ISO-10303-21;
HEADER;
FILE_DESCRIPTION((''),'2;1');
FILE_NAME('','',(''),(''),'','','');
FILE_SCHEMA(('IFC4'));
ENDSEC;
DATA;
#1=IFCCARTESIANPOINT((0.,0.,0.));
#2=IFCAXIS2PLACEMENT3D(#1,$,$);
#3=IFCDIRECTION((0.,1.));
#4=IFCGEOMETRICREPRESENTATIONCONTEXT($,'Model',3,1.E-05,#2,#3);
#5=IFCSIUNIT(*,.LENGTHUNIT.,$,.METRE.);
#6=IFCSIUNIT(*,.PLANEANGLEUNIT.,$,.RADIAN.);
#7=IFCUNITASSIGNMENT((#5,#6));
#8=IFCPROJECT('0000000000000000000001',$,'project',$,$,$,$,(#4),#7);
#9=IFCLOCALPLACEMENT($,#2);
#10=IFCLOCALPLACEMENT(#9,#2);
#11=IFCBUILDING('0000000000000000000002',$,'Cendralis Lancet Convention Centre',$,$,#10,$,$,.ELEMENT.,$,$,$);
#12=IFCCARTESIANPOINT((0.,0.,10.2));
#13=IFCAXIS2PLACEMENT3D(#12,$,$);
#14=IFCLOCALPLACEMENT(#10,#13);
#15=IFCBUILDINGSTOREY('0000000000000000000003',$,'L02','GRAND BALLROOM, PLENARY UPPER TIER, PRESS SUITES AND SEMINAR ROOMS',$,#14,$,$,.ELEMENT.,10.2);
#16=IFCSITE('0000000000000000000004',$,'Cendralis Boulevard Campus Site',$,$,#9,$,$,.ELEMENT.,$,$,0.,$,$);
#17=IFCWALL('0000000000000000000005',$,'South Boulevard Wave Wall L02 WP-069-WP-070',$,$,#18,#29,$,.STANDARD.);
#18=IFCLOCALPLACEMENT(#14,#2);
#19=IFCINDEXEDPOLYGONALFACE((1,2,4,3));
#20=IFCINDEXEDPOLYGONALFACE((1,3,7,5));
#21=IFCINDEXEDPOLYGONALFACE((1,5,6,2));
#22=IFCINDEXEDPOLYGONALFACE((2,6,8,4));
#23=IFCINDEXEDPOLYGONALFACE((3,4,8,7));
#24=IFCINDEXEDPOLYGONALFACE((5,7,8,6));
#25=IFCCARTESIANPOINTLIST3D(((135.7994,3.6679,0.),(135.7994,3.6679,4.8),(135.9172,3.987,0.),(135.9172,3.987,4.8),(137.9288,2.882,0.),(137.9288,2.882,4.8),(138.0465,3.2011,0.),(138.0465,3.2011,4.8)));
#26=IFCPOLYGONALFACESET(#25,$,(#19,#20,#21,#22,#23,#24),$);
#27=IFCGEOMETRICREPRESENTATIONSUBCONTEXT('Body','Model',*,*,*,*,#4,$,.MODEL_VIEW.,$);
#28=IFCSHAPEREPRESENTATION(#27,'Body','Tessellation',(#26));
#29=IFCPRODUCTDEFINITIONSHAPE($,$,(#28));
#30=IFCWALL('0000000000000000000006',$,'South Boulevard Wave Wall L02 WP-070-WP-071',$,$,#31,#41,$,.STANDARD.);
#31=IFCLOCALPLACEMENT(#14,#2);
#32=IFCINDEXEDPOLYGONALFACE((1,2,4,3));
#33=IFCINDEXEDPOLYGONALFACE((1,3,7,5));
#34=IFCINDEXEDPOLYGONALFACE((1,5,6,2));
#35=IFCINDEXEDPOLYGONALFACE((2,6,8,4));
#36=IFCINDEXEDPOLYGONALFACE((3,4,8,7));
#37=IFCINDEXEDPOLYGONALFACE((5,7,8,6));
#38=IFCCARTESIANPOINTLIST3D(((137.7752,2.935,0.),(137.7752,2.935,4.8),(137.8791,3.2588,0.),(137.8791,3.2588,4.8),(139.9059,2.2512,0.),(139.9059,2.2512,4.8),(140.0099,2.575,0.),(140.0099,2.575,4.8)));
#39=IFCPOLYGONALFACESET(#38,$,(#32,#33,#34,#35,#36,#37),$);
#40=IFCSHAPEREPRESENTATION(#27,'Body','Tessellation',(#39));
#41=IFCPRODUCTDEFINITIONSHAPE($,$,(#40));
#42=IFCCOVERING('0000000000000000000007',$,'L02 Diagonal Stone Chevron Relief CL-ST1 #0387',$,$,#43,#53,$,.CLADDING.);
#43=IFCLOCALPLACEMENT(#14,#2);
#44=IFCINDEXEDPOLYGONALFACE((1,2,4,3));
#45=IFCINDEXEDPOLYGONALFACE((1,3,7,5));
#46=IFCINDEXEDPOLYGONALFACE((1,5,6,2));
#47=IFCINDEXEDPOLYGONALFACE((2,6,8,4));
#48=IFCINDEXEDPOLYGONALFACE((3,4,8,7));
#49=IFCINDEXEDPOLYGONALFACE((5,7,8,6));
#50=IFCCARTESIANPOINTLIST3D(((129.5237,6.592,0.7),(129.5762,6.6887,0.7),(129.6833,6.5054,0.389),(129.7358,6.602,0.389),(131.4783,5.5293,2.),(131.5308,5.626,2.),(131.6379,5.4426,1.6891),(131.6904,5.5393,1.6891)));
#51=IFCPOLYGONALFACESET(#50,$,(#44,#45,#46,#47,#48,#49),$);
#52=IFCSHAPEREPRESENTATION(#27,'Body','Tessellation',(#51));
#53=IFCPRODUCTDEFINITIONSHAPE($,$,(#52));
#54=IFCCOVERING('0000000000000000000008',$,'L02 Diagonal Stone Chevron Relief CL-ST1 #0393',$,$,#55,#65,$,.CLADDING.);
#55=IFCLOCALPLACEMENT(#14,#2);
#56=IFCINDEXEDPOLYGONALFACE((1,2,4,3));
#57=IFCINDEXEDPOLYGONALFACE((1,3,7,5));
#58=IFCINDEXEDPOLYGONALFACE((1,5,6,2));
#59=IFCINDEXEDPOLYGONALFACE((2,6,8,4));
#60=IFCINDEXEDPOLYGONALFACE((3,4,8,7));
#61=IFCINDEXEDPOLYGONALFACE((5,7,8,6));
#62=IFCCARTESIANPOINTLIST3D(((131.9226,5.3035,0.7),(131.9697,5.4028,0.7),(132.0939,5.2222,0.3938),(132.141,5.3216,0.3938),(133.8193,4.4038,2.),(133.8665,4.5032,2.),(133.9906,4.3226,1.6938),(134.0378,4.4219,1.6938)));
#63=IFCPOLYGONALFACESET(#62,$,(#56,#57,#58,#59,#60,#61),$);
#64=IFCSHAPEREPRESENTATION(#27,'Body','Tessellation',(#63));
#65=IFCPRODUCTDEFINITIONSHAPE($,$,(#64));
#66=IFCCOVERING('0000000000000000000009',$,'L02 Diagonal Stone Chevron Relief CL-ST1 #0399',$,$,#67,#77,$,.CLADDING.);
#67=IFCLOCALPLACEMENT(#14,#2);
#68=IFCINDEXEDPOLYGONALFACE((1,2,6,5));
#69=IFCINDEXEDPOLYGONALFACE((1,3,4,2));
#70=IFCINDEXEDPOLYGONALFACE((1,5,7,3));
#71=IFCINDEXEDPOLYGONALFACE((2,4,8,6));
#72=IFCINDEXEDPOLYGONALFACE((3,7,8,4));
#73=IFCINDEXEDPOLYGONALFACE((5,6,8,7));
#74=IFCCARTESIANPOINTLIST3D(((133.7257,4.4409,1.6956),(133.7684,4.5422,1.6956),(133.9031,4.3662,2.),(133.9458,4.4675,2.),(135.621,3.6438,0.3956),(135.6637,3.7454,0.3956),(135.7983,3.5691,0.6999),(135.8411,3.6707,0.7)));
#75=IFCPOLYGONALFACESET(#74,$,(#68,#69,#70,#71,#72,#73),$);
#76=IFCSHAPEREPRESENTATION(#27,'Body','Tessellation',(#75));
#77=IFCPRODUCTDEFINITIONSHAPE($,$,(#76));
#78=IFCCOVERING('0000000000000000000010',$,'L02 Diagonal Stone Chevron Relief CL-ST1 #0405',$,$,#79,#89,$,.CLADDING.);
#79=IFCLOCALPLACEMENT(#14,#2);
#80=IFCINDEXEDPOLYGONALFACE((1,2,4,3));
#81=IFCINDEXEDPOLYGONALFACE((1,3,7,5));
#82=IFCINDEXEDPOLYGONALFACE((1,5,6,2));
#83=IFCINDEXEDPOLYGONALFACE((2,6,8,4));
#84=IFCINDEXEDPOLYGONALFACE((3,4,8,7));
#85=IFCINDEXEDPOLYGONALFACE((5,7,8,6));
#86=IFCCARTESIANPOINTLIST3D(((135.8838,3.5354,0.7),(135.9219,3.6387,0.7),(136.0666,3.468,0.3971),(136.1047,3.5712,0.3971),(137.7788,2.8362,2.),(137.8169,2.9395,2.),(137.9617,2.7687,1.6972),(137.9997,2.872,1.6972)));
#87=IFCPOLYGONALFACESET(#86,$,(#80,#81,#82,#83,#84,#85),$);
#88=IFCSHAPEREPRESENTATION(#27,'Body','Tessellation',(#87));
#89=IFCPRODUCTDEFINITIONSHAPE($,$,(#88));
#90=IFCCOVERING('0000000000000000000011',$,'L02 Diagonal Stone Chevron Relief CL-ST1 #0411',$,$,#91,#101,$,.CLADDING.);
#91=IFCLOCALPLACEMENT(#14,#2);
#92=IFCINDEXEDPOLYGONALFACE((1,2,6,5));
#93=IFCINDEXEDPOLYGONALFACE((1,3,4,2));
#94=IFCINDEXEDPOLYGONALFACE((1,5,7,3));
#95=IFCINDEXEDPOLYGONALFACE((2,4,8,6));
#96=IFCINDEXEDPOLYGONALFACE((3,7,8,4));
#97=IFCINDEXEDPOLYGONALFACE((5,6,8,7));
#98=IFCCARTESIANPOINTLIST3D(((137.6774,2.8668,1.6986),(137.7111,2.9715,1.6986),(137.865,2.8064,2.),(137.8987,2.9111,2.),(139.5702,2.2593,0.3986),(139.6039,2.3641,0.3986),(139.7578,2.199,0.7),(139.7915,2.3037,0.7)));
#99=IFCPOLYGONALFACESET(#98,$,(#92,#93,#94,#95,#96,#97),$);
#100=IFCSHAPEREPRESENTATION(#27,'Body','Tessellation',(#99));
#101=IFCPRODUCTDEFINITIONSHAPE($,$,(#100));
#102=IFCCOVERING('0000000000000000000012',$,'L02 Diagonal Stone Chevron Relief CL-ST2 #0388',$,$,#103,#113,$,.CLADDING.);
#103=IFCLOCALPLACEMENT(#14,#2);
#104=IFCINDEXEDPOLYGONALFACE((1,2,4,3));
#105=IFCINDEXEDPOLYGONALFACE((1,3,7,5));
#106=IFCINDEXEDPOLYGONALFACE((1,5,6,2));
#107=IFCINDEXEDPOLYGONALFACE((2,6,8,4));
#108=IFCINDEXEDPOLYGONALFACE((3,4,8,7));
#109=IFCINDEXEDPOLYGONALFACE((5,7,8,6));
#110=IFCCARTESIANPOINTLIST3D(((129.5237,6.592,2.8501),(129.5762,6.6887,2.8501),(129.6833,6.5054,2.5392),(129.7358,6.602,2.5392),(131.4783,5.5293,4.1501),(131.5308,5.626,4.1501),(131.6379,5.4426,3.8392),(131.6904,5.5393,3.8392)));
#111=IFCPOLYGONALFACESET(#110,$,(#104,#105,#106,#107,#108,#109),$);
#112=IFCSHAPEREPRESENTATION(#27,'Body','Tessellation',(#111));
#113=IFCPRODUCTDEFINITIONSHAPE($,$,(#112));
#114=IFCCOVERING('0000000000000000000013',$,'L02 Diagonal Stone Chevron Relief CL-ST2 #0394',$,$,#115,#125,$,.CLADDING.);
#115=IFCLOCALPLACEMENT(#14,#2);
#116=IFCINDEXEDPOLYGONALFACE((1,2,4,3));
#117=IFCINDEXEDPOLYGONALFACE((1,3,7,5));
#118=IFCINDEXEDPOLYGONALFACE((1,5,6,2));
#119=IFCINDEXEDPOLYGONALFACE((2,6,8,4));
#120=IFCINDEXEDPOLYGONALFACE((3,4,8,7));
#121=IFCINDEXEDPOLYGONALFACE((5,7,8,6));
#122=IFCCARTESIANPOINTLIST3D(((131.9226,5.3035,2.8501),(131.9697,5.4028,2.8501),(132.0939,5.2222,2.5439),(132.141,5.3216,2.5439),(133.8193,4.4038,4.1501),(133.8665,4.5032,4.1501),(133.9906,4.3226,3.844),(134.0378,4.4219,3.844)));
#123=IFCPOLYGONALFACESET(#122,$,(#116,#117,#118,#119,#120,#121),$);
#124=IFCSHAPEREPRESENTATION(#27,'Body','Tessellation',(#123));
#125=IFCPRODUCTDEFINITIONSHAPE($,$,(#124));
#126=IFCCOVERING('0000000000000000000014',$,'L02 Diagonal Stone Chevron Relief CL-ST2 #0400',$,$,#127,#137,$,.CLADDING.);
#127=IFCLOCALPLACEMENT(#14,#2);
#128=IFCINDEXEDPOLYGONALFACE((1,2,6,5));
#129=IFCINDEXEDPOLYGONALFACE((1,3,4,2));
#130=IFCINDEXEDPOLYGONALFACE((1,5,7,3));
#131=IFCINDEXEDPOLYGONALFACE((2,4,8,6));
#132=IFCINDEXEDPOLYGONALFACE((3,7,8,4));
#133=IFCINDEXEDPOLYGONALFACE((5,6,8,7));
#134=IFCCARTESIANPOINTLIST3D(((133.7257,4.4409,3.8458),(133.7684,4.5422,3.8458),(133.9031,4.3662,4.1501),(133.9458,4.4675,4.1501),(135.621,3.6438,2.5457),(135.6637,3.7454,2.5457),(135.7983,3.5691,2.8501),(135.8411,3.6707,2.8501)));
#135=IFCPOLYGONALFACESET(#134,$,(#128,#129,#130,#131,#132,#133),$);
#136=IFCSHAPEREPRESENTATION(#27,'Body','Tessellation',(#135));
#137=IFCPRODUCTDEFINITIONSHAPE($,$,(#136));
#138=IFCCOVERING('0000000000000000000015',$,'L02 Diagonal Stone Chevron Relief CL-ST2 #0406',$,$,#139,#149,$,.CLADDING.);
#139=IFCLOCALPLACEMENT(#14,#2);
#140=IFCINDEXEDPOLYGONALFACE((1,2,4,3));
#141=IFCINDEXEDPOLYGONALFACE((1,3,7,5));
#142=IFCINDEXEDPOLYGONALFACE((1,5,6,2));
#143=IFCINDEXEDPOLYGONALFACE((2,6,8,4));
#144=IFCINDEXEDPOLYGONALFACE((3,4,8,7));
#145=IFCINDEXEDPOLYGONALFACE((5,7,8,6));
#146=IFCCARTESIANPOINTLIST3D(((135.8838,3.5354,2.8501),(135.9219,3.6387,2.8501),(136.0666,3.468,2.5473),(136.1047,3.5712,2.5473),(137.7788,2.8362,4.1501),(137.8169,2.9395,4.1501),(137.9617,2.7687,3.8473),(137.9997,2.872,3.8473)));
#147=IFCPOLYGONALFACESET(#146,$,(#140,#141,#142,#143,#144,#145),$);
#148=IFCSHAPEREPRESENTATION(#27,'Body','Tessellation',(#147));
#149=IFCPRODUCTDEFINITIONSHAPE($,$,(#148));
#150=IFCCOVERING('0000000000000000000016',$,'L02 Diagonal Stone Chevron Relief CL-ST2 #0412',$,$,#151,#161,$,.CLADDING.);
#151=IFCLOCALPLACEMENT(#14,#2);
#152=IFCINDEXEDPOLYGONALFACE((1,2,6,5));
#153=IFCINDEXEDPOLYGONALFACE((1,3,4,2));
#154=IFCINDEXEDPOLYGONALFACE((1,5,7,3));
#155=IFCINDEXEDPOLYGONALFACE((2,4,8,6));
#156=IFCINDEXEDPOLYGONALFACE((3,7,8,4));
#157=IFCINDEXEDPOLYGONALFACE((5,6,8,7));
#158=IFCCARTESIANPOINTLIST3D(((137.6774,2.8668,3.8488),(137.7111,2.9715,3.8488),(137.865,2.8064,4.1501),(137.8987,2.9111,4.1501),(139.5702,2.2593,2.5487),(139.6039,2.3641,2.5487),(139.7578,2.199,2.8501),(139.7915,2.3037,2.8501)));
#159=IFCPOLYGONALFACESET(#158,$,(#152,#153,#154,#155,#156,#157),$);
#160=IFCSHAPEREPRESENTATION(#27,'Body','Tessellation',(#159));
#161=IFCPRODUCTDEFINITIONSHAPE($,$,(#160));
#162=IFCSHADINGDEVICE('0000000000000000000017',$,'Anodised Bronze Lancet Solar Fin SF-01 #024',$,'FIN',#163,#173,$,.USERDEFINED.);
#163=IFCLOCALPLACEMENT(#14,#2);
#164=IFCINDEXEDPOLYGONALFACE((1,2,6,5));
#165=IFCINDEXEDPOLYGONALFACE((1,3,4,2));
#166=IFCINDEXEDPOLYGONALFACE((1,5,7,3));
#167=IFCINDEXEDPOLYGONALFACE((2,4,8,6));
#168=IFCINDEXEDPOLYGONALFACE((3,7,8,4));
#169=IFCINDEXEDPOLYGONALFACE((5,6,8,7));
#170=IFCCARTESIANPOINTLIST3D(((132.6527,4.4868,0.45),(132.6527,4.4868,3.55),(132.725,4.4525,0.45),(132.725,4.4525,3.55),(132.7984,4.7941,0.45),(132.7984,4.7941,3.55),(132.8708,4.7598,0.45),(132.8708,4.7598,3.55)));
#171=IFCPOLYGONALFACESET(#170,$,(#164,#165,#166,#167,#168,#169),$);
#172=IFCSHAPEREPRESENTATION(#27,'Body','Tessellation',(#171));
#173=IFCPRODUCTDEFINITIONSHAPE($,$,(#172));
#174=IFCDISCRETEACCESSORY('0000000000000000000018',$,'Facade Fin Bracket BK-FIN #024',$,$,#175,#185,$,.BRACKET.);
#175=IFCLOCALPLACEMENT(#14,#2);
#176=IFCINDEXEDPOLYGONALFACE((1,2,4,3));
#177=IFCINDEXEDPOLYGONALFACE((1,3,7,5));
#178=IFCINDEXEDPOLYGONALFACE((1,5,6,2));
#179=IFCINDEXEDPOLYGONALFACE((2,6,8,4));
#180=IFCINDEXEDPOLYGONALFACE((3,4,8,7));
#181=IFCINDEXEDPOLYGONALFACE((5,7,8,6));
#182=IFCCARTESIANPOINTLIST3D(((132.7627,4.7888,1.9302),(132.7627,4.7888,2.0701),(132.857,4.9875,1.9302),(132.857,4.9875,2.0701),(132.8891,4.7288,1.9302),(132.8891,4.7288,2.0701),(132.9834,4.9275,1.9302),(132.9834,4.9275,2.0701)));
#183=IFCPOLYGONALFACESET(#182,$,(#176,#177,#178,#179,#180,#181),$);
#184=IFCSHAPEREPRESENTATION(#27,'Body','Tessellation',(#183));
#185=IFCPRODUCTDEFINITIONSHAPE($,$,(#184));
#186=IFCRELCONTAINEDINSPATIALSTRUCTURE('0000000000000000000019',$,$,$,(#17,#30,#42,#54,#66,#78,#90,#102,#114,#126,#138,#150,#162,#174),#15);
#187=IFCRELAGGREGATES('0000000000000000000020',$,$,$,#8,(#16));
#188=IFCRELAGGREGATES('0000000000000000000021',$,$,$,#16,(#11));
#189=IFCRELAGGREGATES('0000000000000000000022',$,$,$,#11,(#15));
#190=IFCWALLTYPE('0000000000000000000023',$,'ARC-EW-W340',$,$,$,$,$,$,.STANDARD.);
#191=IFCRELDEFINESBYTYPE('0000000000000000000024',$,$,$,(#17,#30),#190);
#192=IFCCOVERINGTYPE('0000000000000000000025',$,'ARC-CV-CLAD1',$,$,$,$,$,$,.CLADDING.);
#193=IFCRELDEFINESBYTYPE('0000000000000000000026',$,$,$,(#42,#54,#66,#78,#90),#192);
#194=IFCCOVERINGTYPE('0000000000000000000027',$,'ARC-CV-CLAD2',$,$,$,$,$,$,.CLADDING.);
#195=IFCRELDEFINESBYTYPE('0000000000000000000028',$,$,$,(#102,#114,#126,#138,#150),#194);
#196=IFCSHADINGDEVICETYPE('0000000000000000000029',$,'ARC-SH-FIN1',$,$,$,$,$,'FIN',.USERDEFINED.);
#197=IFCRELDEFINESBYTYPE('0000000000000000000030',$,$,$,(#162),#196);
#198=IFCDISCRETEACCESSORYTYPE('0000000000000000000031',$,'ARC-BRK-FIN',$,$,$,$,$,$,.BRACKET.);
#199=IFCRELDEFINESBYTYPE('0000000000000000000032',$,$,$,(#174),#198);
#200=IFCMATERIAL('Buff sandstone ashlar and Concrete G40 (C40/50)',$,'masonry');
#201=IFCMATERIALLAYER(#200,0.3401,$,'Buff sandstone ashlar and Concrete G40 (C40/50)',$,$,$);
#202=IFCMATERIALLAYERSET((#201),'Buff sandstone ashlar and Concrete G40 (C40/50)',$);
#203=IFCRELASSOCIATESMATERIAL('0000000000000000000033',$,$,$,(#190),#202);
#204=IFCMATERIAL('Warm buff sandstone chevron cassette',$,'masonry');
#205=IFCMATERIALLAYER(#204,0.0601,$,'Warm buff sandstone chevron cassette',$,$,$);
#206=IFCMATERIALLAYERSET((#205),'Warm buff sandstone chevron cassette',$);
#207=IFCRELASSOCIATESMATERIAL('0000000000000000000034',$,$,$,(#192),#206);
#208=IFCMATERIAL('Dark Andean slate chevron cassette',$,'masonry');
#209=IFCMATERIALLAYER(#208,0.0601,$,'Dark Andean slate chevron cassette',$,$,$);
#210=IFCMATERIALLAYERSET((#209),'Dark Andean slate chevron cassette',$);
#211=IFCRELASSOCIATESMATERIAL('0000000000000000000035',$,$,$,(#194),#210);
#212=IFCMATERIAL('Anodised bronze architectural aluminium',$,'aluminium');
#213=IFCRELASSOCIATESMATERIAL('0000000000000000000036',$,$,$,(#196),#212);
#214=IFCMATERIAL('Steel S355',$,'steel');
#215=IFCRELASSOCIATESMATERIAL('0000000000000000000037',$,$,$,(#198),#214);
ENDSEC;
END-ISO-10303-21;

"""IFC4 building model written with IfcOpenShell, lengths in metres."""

from ifc_helpers import new_model, si_unit, direction, frame, frame_2d, origin, origin_2d, place, context, subcontext, project, spatial, polyline, rectangle, outline, extrude, material, layer, layer_set, type_object, element, save


model = new_model("IFC4")

# Units and contexts
model_context = context("Model", 3, precision=1e-05, world=origin(), true_north=direction((0.0, 1.0)))
body_context = subcontext(model_context, "Body", "Model", "MODEL_VIEW")
ifc_project = project(units=[si_unit("LENGTHUNIT", "METRE"), si_unit("PLANEANGLEUNIT", "RADIAN")], contexts=[model_context])

# Site, building, storey
site_placement = place(None, origin())
site = spatial("IfcSite", under=ifc_project, at=site_placement, Name="Cendralis Boulevard Campus Site", CompositionType="ELEMENT", RefElevation=0.0)
building_placement = place(site_placement, origin())
building = spatial("IfcBuilding", under=site, at=building_placement, Name="Cendralis Lancet Convention Centre", CompositionType="ELEMENT")
storey_placement = place(building_placement, frame((0.0, 0.0, 10.2)))
storey = spatial("IfcBuildingStorey", under=building, at=storey_placement, Name="L02", Description="GRAND BALLROOM, PLENARY UPPER TIER, PRESS SUITES AND SEMINAR ROOMS", CompositionType="ELEMENT", Elevation=10.2)

# Shared definitions
ifc_material_1 = material(Name="Steel S355", Category="steel")

# Shared definitions
ifc_material_2 = material(Name="Dark Andean slate chevron cassette", Category="masonry")
ifc_material_3 = material(Name="Warm buff sandstone chevron cassette", Category="masonry")

# Walls
ifc_material_4 = material(Name="Buff sandstone ashlar and Concrete G40 (C40/50)", Category="masonry")
ifc_layer_1 = layer(ifc_material_4, 0.3401, Name="Buff sandstone ashlar and Concrete G40 (C40/50)")
ifc_layer_set_1 = layer_set([ifc_layer_1], Name="Buff sandstone ashlar and Concrete G40 (C40/50)")
wall_type_1 = type_object("IfcWallType", Name="ARC-EW-W340", PredefinedType="STANDARD", material=ifc_layer_set_1)
wall_1_placement = place(storey_placement, frame((135.8584, 3.8274, 0.0), z_axis=(0.0, 0.0, 1.0), x_axis=(0.938146, -0.346239, 0.0)))
element("IfcWall", 1, at=wall_1_placement, inside=storey, type_object=wall_type_1, Name="South Boulevard Wave Wall L02 WP-069-WP-070", PredefinedType="STANDARD", context=body_context, shape_type="SweptSolid", body=[
    extrude(rectangle(XDim=2.2698, YDim=0.3401, at=frame_2d((1.1348, 0.0))), origin(), (0.0, 0.0, 1.0), 4.8),
])
wall_2_placement = place(storey_placement, frame((137.8271, 3.0969, 0.0), z_axis=(0.0, 0.0, 1.0), x_axis=(0.952169, -0.305571, 0.0)))
element("IfcWall", 2, at=wall_2_placement, inside=storey, type_object=wall_type_1, Name="South Boulevard Wave Wall L02 WP-070-WP-071", PredefinedType="STANDARD", context=body_context, shape_type="SweptSolid", body=[
    extrude(rectangle(XDim=2.2378, YDim=0.3401, at=frame_2d((1.1189, 0.0))), origin(), (0.0, 0.0, 1.0), 4.8),
])

# Coverings
ifc_layer_2 = layer(ifc_material_3, 0.0601, Name="Warm buff sandstone chevron cassette")
ifc_layer_set_2 = layer_set([ifc_layer_2], Name="Warm buff sandstone chevron cassette")
covering_type_1 = type_object("IfcCoveringType", Name="ARC-CV-CLAD1", PredefinedType="CLADDING", material=ifc_layer_set_2)
covering_1_placement = place(storey_placement, frame((129.5237, 6.592, 0.7), z_axis=(-0.443384, 0.240726, 0.863401), x_axis=(0.758529, -0.412426, 0.504518)))
element("IfcCovering", 3, at=covering_1_placement, inside=storey, type_object=covering_type_1, Name="L02 Diagonal Stone Chevron Relief CL-ST1 #0387", PredefinedType="CLADDING", context=body_context, shape_type="SweptSolid", body=[
    extrude(outline(polyline([(0.0, 0.0), (2.5768, 0.0), (2.5768, 0.11), (-0.0001, 0.11), (0.0, 0.0)])), origin(), (0.0, 0.0, -1.0), 0.3601),
])
covering_2_placement = place(storey_placement, frame((131.9226, 5.3035, 0.7), z_axis=(-0.475723, 0.225588, 0.850175), x_axis=(0.768146, -0.364348, 0.5265)))
element("IfcCovering", 4, at=covering_2_placement, inside=storey, type_object=covering_type_1, Name="L02 Diagonal Stone Chevron Relief CL-ST1 #0393", PredefinedType="CLADDING", context=body_context, shape_type="SweptSolid", body=[
    extrude(outline(polyline([(0.0, 0.0), (2.4692, 0.0), (2.4692, 0.11), (0.0, 0.11), (0.0, 0.0)])), origin(), (0.0, 0.0, -1.0), 0.3601),
])
covering_3_placement = place(storey_placement, frame((133.9031, 4.3662, 2.0), z_axis=(0.492533, -0.207445, 0.845209), x_axis=(0.779105, -0.32768, -0.534436)))
element("IfcCovering", 5, at=covering_3_placement, inside=storey, type_object=covering_type_1, Name="L02 Diagonal Stone Chevron Relief CL-ST1 #0399", PredefinedType="CLADDING", context=body_context, shape_type="SweptSolid", body=[
    extrude(outline(polyline([(0.0, 0.0), (2.4326, 0.0), (2.4326, 0.1102), (0.0001, 0.11), (0.0, 0.0)])), origin(), (0.0, 0.0, -1.0), 0.3601),
])
covering_4_placement = place(storey_placement, frame((135.8838, 3.5354, 0.7), z_axis=(-0.50778, 0.187266, 0.840887), x_axis=(0.788898, -0.291085, 0.541211)))
element("IfcCovering", 6, at=covering_4_placement, inside=storey, type_object=covering_type_1, Name="L02 Diagonal Stone Chevron Relief CL-ST1 #0405", PredefinedType="CLADDING", context=body_context, shape_type="SweptSolid", body=[
    extrude(outline(polyline([(0.0, 0.0), (2.4021, 0.0), (2.4021, 0.1101), (0.0, 0.1101), (0.0, 0.0)])), origin(), (0.0, 0.0, -1.0), 0.3601),
])
covering_5_placement = place(storey_placement, frame((137.865, 2.8064, 2.0), z_axis=(0.521035, -0.167606, 0.836918), x_axis=(0.79689, -0.255728, -0.547329)))
element("IfcCovering", 7, at=covering_5_placement, inside=storey, type_object=covering_type_1, Name="L02 Diagonal Stone Chevron Relief CL-ST1 #0411", PredefinedType="CLADDING", context=body_context, shape_type="SweptSolid", body=[
    extrude(outline(polyline([(0.0, 0.0), (2.3753, 0.0), (2.3753, 0.11), (0.0001, 0.11), (0.0, 0.0)])), origin(), (0.0, 0.0, -1.0), 0.3601),
])
ifc_layer_3 = layer(ifc_material_2, 0.0601, Name="Dark Andean slate chevron cassette")
ifc_layer_set_3 = layer_set([ifc_layer_3], Name="Dark Andean slate chevron cassette")
covering_type_2 = type_object("IfcCoveringType", Name="ARC-CV-CLAD2", PredefinedType="CLADDING", material=ifc_layer_set_3)
covering_6_placement = place(storey_placement, frame((129.5237, 6.592, 2.8501), z_axis=(-0.443384, 0.240726, 0.863401), x_axis=(0.758529, -0.412426, 0.504518)))
element("IfcCovering", 8, at=covering_6_placement, inside=storey, type_object=covering_type_2, Name="L02 Diagonal Stone Chevron Relief CL-ST2 #0388", PredefinedType="CLADDING", context=body_context, shape_type="SweptSolid", body=[
    extrude(outline(polyline([(0.0, 0.0), (2.5768, 0.0), (2.5768, 0.11), (-0.0001, 0.11), (0.0, 0.0)])), origin(), (0.0, 0.0, -1.0), 0.3601),
])
covering_7_placement = place(storey_placement, frame((131.9226, 5.3035, 2.8501), z_axis=(-0.475723, 0.225588, 0.850175), x_axis=(0.768146, -0.364348, 0.5265)))
element("IfcCovering", 9, at=covering_7_placement, inside=storey, type_object=covering_type_2, Name="L02 Diagonal Stone Chevron Relief CL-ST2 #0394", PredefinedType="CLADDING", context=body_context, shape_type="SweptSolid", body=[
    extrude(outline(polyline([(0.0, 0.0), (2.4692, 0.0), (2.4692, 0.11), (0.0, 0.11), (0.0, 0.0)])), origin(), (0.0, 0.0, -1.0), 0.3601),
])
covering_8_placement = place(storey_placement, frame((133.9031, 4.3662, 4.1501), z_axis=(0.492533, -0.207445, 0.845209), x_axis=(0.779105, -0.32768, -0.534436)))
element("IfcCovering", 10, at=covering_8_placement, inside=storey, type_object=covering_type_2, Name="L02 Diagonal Stone Chevron Relief CL-ST2 #0400", PredefinedType="CLADDING", context=body_context, shape_type="SweptSolid", body=[
    extrude(outline(polyline([(0.0, 0.0), (2.4326, 0.0), (2.4326, 0.1102), (0.0001, 0.11), (0.0, 0.0)])), origin(), (0.0, 0.0, -1.0), 0.3601),
])
covering_9_placement = place(storey_placement, frame((135.8838, 3.5354, 2.8501), z_axis=(-0.50778, 0.187266, 0.840887), x_axis=(0.788898, -0.291085, 0.541211)))
element("IfcCovering", 11, at=covering_9_placement, inside=storey, type_object=covering_type_2, Name="L02 Diagonal Stone Chevron Relief CL-ST2 #0406", PredefinedType="CLADDING", context=body_context, shape_type="SweptSolid", body=[
    extrude(outline(polyline([(0.0, 0.0), (2.4021, 0.0), (2.4021, 0.1101), (0.0, 0.1101), (0.0, 0.0)])), origin(), (0.0, 0.0, -1.0), 0.3601),
])
covering_10_placement = place(storey_placement, frame((137.865, 2.8064, 4.1501), z_axis=(0.521035, -0.167606, 0.836918), x_axis=(0.79689, -0.255728, -0.547329)))
element("IfcCovering", 12, at=covering_10_placement, inside=storey, type_object=covering_type_2, Name="L02 Diagonal Stone Chevron Relief CL-ST2 #0412", PredefinedType="CLADDING", context=body_context, shape_type="SweptSolid", body=[
    extrude(outline(polyline([(0.0, 0.0), (2.3753, 0.0), (2.3753, 0.11), (0.0001, 0.11), (0.0, 0.0)])), origin(), (0.0, 0.0, -1.0), 0.3601),
])

# Shading device
ifc_material_5 = material(Name="Anodised bronze architectural aluminium", Category="aluminium")
shading_device_type = type_object("IfcShadingDeviceType", Name="ARC-SH-FIN1", ElementType="FIN", PredefinedType="USERDEFINED", material=ifc_material_5)
shading_device_placement = place(storey_placement, frame((132.7617, 4.6233, 0.45), z_axis=(0.0, 0.0, 1.0), x_axis=(0.903507, -0.428572, 0.0)))
element("IfcShadingDevice", 13, at=shading_device_placement, inside=storey, type_object=shading_device_type, Name="Anodised Bronze Lancet Solar Fin SF-01 #024", ObjectType="FIN", PredefinedType="USERDEFINED", context=body_context, shape_type="SweptSolid", body=[
    extrude(rectangle(XDim=0.0801, YDim=0.3401, at=origin_2d()), origin(), (0.0, 0.0, 1.0), 3.1001),
])

# Discrete accessory
discrete_accessory_type = type_object("IfcDiscreteAccessoryType", Name="ARC-BRK-FIN", PredefinedType="BRACKET", material=ifc_material_1)
discrete_accessory_placement = place(storey_placement, frame((132.873, 4.8582, 1.9302), z_axis=(0.0, 0.0, 1.0), x_axis=(0.903507, -0.428572, 0.0)))
element("IfcDiscreteAccessory", 14, at=discrete_accessory_placement, inside=storey, type_object=discrete_accessory_type, Name="Facade Fin Bracket BK-FIN #024", PredefinedType="BRACKET", context=body_context, shape_type="SweptSolid", body=[
    extrude(rectangle(XDim=0.1399, YDim=0.22, at=origin_2d()), origin(), (0.0, 0.0, 1.0), 0.1399),
])

save(model, "model.ifc")
